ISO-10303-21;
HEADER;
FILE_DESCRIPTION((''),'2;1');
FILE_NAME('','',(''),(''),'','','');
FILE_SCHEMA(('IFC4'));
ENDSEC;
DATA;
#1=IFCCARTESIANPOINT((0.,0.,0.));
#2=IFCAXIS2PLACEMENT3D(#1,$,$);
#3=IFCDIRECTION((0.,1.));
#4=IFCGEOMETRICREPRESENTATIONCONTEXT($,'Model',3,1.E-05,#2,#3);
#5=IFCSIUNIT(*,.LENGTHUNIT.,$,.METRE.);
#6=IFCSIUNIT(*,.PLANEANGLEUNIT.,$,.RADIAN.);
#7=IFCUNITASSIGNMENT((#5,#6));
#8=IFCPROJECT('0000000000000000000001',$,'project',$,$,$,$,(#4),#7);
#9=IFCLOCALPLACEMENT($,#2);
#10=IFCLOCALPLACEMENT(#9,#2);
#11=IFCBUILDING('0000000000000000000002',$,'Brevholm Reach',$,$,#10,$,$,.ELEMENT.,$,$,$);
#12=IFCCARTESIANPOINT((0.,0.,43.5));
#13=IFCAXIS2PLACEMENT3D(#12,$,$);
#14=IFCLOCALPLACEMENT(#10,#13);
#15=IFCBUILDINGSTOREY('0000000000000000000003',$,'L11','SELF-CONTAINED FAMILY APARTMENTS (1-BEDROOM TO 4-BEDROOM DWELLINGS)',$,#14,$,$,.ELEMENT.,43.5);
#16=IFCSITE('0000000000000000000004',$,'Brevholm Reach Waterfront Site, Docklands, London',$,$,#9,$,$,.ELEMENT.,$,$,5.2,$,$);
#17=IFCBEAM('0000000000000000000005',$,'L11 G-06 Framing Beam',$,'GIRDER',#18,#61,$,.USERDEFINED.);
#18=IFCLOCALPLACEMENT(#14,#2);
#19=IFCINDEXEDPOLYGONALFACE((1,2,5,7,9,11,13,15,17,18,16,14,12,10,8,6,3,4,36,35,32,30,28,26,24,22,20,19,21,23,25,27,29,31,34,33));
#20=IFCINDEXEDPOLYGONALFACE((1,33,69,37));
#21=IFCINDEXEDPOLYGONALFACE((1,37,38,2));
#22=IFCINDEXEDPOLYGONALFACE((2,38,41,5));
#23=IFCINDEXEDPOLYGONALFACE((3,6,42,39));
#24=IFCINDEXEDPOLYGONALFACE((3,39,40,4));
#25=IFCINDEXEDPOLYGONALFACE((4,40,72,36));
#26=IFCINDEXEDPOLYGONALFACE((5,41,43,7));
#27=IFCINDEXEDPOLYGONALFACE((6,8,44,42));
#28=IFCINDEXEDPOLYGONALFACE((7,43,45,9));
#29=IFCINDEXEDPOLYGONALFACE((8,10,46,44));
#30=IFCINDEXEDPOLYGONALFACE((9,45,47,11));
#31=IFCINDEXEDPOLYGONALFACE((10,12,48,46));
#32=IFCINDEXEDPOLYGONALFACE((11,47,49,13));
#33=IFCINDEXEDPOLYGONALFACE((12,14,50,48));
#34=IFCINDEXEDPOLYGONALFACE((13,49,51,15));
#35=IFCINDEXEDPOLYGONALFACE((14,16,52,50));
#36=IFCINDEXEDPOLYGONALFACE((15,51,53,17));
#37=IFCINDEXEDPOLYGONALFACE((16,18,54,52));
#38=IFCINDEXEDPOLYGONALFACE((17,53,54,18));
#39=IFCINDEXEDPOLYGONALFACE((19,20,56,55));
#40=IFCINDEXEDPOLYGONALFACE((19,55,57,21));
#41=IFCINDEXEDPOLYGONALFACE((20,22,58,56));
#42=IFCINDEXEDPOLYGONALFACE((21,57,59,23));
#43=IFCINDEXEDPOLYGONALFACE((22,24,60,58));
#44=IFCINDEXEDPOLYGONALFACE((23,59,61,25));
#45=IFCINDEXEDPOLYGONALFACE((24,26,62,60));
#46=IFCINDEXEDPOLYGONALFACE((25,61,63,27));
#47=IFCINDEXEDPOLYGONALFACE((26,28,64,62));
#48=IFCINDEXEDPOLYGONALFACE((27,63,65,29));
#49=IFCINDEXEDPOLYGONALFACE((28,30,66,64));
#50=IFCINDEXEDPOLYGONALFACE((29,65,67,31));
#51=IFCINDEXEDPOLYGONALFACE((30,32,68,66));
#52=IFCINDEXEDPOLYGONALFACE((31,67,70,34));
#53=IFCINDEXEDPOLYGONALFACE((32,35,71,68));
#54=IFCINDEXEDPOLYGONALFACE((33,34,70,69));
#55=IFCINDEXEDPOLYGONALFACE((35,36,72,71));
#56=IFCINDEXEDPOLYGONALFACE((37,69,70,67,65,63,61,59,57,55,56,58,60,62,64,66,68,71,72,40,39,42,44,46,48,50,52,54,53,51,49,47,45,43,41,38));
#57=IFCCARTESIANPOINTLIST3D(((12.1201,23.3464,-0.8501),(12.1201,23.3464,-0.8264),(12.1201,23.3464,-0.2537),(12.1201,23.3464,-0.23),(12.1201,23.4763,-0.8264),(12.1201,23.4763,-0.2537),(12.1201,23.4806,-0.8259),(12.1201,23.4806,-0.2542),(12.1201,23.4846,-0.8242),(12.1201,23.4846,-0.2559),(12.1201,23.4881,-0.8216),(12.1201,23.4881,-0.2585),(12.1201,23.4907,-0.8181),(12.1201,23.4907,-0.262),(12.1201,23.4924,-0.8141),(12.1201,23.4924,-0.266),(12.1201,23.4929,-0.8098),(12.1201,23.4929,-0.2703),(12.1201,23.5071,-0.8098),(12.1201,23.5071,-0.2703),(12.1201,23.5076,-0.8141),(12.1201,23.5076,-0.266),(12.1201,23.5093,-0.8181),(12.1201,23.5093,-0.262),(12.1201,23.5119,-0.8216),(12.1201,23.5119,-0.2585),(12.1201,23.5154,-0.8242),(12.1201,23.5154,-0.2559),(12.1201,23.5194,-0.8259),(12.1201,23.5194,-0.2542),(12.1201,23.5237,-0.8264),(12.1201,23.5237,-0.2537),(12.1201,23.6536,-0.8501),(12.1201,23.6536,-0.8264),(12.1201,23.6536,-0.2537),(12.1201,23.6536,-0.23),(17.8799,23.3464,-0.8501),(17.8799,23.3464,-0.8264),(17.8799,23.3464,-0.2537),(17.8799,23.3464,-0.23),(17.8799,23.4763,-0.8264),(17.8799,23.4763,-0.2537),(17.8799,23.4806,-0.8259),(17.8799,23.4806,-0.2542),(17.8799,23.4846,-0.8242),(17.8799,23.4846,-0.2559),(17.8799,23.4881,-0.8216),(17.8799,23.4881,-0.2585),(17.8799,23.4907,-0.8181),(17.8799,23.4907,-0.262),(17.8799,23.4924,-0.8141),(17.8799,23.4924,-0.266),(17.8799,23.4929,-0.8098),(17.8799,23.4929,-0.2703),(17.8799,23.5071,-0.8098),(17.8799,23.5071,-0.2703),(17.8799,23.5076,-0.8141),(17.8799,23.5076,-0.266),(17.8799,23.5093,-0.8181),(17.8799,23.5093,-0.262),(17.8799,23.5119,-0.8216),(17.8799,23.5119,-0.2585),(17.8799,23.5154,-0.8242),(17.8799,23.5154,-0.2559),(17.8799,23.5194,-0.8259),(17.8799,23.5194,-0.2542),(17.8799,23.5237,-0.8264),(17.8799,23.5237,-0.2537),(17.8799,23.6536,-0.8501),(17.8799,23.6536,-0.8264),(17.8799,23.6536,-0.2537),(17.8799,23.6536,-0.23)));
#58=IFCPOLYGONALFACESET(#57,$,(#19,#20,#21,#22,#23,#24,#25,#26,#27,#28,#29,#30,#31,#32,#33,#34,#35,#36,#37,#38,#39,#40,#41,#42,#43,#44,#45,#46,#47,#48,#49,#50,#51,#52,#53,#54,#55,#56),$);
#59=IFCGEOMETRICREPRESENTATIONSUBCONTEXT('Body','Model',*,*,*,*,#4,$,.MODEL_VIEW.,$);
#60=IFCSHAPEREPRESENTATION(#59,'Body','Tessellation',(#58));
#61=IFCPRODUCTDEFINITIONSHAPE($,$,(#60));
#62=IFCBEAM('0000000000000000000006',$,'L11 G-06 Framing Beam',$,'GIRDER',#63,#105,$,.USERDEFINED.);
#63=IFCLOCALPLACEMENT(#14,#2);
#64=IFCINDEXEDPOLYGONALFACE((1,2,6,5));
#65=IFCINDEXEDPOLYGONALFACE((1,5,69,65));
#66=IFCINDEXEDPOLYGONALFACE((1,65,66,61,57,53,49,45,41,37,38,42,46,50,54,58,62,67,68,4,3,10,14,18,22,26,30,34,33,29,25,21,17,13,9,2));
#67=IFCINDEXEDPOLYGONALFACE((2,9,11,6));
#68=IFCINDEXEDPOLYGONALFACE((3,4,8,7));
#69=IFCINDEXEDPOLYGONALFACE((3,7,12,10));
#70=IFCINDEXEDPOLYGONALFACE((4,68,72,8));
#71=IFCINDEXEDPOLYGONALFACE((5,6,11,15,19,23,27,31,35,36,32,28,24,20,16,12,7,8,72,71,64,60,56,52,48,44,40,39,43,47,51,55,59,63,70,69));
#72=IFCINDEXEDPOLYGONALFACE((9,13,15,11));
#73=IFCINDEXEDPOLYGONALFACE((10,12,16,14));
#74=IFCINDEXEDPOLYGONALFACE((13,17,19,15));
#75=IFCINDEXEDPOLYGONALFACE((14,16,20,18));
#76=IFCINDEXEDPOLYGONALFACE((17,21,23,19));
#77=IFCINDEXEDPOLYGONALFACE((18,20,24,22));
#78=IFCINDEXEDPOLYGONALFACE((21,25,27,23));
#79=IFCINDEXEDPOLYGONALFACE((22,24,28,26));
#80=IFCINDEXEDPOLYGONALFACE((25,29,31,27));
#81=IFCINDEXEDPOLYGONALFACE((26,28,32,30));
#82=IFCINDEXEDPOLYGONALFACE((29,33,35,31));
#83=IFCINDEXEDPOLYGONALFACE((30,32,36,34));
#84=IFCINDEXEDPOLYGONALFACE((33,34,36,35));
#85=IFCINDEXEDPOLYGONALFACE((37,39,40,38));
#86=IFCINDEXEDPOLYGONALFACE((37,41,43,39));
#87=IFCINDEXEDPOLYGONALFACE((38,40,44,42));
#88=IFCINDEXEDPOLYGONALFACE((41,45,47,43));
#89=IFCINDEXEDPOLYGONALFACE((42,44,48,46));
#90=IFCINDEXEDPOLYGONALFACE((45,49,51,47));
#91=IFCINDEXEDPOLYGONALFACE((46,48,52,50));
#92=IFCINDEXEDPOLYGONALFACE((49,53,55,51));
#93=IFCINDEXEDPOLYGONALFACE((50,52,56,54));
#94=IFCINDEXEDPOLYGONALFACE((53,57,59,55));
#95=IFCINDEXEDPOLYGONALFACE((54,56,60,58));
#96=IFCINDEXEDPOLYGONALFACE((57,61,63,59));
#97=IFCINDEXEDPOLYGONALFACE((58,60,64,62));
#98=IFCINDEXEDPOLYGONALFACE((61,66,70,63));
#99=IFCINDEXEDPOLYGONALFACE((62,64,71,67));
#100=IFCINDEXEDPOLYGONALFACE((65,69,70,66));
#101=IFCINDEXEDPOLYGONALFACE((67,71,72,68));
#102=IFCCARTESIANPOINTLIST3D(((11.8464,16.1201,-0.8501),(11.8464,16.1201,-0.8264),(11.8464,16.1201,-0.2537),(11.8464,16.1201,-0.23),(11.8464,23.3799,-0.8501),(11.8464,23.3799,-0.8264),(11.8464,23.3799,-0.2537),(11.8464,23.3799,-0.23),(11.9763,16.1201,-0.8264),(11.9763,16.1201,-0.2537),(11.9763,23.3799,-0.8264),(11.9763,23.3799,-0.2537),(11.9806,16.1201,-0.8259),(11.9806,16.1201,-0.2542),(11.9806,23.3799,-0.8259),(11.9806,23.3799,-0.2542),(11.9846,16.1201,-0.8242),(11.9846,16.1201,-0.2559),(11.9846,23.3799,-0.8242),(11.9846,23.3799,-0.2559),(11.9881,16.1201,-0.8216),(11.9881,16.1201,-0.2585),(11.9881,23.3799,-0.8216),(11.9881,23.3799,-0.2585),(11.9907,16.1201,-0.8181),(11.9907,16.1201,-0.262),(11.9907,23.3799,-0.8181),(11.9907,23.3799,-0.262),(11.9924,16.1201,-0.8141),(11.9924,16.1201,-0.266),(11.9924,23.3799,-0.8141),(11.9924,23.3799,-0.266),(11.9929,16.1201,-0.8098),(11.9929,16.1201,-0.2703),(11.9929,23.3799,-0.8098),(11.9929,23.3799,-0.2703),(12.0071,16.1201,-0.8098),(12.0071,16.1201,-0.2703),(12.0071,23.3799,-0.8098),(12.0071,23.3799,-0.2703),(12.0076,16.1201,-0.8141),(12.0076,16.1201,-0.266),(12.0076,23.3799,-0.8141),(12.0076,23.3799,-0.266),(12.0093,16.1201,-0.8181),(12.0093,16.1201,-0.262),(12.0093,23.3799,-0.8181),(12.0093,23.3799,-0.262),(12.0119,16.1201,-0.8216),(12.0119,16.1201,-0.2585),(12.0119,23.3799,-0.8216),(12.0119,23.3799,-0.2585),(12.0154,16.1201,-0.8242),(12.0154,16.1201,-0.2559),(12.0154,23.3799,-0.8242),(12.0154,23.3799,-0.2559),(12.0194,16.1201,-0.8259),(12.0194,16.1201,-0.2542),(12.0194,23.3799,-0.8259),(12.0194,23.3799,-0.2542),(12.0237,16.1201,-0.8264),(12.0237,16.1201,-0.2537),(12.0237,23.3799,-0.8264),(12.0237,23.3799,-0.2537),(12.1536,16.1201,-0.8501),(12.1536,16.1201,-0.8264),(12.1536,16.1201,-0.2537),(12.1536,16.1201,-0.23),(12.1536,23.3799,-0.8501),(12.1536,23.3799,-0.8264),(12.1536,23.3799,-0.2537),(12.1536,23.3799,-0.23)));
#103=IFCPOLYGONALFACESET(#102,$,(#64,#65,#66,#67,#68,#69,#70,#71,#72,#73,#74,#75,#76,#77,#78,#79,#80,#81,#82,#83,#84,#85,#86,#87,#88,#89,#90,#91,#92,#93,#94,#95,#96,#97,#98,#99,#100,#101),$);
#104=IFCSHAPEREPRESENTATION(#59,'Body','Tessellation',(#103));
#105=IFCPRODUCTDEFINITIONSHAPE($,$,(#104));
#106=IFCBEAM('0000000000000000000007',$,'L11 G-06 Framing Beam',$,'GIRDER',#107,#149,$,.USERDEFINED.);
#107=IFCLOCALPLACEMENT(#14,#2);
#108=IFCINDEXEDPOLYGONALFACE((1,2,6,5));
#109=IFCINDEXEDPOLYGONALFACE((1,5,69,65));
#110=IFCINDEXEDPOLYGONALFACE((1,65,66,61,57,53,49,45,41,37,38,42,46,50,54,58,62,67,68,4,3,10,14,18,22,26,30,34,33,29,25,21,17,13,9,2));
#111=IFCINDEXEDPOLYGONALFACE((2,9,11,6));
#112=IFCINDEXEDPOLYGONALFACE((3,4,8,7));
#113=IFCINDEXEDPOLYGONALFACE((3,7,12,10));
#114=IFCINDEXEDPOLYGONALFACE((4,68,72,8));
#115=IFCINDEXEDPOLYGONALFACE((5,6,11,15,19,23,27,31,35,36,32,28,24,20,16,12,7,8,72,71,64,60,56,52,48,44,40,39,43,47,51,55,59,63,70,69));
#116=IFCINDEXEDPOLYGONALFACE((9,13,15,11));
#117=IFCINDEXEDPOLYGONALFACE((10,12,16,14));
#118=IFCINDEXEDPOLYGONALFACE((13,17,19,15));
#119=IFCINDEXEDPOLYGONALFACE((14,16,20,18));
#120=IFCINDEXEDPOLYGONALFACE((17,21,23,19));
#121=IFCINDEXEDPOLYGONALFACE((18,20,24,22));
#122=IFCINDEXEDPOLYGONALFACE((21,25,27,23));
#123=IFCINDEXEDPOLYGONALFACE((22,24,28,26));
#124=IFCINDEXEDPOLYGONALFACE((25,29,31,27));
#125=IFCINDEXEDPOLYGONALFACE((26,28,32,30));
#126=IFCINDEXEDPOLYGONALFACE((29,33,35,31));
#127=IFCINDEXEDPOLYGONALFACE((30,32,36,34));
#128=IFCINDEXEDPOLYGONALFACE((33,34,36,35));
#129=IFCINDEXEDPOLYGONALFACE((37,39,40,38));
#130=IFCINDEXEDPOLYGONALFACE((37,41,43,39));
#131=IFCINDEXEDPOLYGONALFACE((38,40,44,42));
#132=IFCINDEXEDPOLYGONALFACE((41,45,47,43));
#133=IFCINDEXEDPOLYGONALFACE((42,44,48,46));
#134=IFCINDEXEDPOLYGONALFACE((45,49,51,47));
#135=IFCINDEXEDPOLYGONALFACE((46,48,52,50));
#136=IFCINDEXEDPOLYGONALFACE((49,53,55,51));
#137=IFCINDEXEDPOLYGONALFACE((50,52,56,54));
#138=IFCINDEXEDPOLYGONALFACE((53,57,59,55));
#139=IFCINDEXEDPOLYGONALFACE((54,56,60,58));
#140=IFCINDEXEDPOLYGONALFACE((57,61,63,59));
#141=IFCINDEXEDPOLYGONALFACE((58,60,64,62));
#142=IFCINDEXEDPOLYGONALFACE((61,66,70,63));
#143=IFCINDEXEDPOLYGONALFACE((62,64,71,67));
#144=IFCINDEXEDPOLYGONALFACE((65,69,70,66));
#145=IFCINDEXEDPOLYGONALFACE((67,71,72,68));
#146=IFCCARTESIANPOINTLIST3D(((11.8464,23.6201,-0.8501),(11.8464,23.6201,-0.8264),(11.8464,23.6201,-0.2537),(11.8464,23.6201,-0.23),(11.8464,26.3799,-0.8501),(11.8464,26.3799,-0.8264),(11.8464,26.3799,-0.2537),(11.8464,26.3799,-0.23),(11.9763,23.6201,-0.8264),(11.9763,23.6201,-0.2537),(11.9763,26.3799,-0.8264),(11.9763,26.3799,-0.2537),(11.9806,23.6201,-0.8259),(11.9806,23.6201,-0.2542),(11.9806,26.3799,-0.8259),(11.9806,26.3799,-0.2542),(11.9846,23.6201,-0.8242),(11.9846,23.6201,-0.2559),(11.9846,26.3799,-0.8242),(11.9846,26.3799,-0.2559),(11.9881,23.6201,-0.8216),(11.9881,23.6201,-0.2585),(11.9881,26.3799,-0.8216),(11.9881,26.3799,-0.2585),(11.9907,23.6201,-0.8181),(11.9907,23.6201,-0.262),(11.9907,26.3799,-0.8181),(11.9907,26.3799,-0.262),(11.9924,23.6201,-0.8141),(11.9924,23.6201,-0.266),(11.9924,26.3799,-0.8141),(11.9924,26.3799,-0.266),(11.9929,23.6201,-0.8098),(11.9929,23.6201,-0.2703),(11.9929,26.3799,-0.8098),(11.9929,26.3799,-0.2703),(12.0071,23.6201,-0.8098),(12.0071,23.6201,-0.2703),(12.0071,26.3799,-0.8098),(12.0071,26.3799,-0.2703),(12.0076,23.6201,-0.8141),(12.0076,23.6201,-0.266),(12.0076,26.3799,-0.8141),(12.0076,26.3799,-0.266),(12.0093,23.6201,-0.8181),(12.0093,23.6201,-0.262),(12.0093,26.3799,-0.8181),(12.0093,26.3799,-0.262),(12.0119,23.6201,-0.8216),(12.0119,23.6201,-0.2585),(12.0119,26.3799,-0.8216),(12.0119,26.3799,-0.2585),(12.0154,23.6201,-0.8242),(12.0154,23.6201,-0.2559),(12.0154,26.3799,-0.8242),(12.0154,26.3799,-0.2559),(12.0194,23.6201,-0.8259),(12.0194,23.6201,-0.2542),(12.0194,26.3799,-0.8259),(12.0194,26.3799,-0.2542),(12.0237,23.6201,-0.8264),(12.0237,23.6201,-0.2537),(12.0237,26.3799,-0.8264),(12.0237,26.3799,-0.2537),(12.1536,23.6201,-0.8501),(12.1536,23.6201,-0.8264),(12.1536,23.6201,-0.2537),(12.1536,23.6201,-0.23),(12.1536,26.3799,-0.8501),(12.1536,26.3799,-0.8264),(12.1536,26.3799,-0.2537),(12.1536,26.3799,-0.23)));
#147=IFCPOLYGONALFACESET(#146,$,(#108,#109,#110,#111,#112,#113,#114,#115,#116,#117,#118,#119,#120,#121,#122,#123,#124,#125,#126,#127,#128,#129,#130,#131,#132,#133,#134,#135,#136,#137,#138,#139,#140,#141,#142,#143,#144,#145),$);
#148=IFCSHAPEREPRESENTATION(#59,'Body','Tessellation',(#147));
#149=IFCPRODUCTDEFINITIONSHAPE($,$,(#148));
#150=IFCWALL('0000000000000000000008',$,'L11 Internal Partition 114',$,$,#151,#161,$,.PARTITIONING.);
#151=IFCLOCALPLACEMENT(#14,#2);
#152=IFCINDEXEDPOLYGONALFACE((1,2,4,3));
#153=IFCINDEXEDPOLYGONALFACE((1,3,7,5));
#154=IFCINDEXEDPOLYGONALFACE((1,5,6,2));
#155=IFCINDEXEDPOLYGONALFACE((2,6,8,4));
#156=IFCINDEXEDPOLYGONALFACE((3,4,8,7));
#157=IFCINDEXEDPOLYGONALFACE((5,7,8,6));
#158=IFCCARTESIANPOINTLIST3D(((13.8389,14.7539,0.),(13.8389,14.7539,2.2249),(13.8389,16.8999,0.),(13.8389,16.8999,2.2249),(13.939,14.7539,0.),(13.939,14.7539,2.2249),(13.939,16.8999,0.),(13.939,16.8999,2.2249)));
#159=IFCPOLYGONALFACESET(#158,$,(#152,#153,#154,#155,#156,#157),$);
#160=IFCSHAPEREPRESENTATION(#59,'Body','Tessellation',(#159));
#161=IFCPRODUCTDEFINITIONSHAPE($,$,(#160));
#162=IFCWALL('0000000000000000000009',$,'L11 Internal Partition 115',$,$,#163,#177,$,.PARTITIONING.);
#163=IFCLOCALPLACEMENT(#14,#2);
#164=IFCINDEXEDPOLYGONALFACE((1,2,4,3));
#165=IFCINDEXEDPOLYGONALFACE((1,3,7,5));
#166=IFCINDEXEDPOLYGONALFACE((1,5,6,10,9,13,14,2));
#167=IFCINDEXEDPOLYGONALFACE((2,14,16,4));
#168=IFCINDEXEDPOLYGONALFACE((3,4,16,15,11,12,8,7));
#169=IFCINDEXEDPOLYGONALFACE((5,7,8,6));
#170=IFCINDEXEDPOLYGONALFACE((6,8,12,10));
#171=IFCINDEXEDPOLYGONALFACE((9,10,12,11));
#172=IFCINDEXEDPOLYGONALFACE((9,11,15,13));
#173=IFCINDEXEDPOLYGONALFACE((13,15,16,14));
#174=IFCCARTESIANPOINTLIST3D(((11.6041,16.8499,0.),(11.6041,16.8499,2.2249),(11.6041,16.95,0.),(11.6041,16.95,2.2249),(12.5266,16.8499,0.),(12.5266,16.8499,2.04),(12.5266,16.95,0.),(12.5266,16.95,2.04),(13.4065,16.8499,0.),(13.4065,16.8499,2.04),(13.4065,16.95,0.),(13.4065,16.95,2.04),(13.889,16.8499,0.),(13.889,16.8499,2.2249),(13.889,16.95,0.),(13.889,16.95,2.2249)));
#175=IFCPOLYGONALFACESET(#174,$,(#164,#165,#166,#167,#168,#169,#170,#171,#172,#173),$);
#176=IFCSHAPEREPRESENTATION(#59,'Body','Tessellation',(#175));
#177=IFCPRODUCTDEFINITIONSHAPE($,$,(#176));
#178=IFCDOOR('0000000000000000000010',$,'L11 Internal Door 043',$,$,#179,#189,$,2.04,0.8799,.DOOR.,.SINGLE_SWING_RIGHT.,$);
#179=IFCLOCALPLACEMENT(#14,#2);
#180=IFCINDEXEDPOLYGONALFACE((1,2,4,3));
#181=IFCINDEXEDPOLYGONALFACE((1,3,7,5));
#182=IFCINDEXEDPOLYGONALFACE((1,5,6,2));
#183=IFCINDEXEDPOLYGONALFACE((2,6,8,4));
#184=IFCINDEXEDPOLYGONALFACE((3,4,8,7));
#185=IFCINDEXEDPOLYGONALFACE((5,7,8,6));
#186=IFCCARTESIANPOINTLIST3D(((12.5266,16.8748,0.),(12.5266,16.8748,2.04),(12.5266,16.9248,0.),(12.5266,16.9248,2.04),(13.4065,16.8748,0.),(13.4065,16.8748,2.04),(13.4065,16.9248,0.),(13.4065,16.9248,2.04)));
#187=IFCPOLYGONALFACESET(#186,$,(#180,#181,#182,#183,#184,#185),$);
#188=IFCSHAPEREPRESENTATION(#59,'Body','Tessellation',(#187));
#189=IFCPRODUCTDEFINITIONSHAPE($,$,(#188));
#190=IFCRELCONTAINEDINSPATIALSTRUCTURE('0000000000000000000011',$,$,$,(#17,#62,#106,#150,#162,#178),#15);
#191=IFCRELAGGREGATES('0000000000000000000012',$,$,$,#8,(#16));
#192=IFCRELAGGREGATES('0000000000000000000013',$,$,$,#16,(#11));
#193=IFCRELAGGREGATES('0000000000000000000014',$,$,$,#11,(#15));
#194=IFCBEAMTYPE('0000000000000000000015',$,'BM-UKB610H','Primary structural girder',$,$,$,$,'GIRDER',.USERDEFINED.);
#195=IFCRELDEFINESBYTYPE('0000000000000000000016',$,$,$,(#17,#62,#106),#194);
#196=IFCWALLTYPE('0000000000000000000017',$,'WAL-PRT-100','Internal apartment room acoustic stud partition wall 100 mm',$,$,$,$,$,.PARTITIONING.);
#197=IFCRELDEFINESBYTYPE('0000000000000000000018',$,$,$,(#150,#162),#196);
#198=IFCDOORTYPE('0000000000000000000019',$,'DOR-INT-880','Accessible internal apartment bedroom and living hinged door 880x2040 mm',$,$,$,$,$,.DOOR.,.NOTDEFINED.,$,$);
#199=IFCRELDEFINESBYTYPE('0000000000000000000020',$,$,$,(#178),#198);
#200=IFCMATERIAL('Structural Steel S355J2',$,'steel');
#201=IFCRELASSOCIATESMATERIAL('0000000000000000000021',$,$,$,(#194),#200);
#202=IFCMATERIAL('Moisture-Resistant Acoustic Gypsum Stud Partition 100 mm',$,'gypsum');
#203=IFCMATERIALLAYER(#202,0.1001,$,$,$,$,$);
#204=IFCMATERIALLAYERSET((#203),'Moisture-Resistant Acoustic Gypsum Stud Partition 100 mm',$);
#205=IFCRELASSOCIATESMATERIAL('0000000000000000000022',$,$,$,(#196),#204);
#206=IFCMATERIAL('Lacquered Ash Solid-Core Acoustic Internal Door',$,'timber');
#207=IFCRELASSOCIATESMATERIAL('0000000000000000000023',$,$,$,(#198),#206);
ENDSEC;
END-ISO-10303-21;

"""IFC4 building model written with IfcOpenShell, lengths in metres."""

from ifc_helpers import new_model, si_unit, direction, frame, frame_2d, origin, origin_2d, place, context, subcontext, project, spatial, rectangle, i_section, extrude, material, layer, layer_set, material_profile, profile_set, type_object, element, fill, save


model = new_model("IFC4")

# Units and contexts
model_context = context("Model", 3, precision=1e-05, world=origin(), true_north=direction((0.0, 1.0)))
body_context = subcontext(model_context, "Body", "Model", "MODEL_VIEW")
ifc_project = project(units=[si_unit("LENGTHUNIT", "METRE"), si_unit("PLANEANGLEUNIT", "RADIAN")], contexts=[model_context])

# Site, building, storey
site_placement = place(None, origin())
site = spatial("IfcSite", under=ifc_project, at=site_placement, Name="Brevholm Reach Waterfront Site, Docklands, London", CompositionType="ELEMENT", RefElevation=5.2)
building_placement = place(site_placement, origin())
building = spatial("IfcBuilding", under=site, at=building_placement, Name="Brevholm Reach", CompositionType="ELEMENT")
storey_placement = place(building_placement, frame((0.0, 0.0, 43.5)))
storey = spatial("IfcBuildingStorey", under=building, at=storey_placement, Name="L11", Description="SELF-CONTAINED FAMILY APARTMENTS (1-BEDROOM TO 4-BEDROOM DWELLINGS)", CompositionType="ELEMENT", Elevation=43.5)

# Beams
ifc_material_1 = material(Name="Structural Steel S355J2", Category="steel")
ifc_material_profile_1 = material_profile(ifc_material_1, i_section(OverallWidth=0.3071, OverallDepth=0.6201, WebThickness=0.0142, FlangeThickness=0.0237, FilletRadius=0.0166, at=origin_2d()), Name="UKB 610x305x179")
ifc_profile_set_1 = profile_set([ifc_material_profile_1], Name="Structural Steel S355J2")
beam_type_1 = type_object("IfcBeamType", Name="BM-UKB610H", Description="Primary structural girder", ElementType="GIRDER", PredefinedType="USERDEFINED", material=ifc_profile_set_1)
for number, where, z_axis, x_axis, name in (
    (1, (12.1201, 23.5, -0.54), (1.0, 0.0, 0.0), (0.0, 1.0, 0.0), "L11 G-06 Framing Beam"),
):
    element("IfcBeam", number, at=place(storey_placement, frame(where, z_axis=z_axis, x_axis=x_axis)), inside=storey, type_object=beam_type_1, Name=name, ObjectType="GIRDER", PredefinedType="USERDEFINED", context=body_context, shape_type="SweptSolid", body=[
        extrude(i_section(OverallWidth=0.3071, OverallDepth=0.6201, WebThickness=0.0142, FlangeThickness=0.0237, FilletRadius=0.0166, at=origin_2d()), origin(), (0.0, 0.0, 1.0), 5.7598),
    ])
beam_1_placement = place(storey_placement, frame((12.0, 16.1201, -0.54), z_axis=(0.0, 1.0, 0.0), x_axis=(-1.0, 0.0, 0.0)))
element("IfcBeam", 2, at=beam_1_placement, inside=storey, type_object=beam_type_1, Name="L11 G-06 Framing Beam", ObjectType="GIRDER", PredefinedType="USERDEFINED", context=body_context, shape_type="SweptSolid", body=[
    extrude(i_section(OverallWidth=0.3071, OverallDepth=0.6201, WebThickness=0.0142, FlangeThickness=0.0237, FilletRadius=0.0166, at=origin_2d()), origin(), (0.0, 0.0, 1.0), 7.2598),
])
beam_2_placement = place(storey_placement, frame((12.0, 23.6201, -0.54), z_axis=(0.0, 1.0, 0.0), x_axis=(-1.0, 0.0, 0.0)))
element("IfcBeam", 3, at=beam_2_placement, inside=storey, type_object=beam_type_1, Name="L11 G-06 Framing Beam", ObjectType="GIRDER", PredefinedType="USERDEFINED", context=body_context, shape_type="SweptSolid", body=[
    extrude(i_section(OverallWidth=0.3071, OverallDepth=0.6201, WebThickness=0.0142, FlangeThickness=0.0237, FilletRadius=0.0166, at=origin_2d()), origin(), (0.0, 0.0, 1.0), 2.7598),
])

# Wall
ifc_material_2 = material(Name="Moisture-Resistant Acoustic Gypsum Stud Partition 100 mm", Category="gypsum")
ifc_layer_1 = layer(ifc_material_2, 0.1001)
ifc_layer_set_1 = layer_set([ifc_layer_1], Name="Moisture-Resistant Acoustic Gypsum Stud Partition 100 mm")
wall_type_1 = type_object("IfcWallType", Name="WAL-PRT-100", Description="Internal apartment room acoustic stud partition wall 100 mm", PredefinedType="PARTITIONING", material=ifc_layer_set_1)
wall_1_placement = place(storey_placement, frame((13.8889, 14.7539, 0.0), z_axis=(0.0, 0.0, 1.0), x_axis=(0.0, 1.0, 0.0)))
element("IfcWall", 4, at=wall_1_placement, inside=storey, type_object=wall_type_1, Name="L11 Internal Partition 114", PredefinedType="PARTITIONING", context=body_context, shape_type="SweptSolid", body=[
    extrude(rectangle(XDim=2.146, YDim=0.1001, at=frame_2d((1.073, 0.0))), origin(), (0.0, 0.0, 1.0), 2.2249),
])

# Wall, opening, door
wall_2_placement = place(storey_placement, frame((11.604, 16.8999, 0.0), z_axis=(0.0, 0.0, 1.0), x_axis=(1.0, 0.0, 0.0)))
wall_2 = element("IfcWall", 5, at=wall_2_placement, inside=storey, type_object=wall_type_1, Name="L11 Internal Partition 115", PredefinedType="PARTITIONING", context=body_context, shape_type="SweptSolid", body=[
    extrude(rectangle(XDim=2.2849, YDim=0.1001, at=frame_2d((1.1426, 0.0))), origin(), (0.0, 0.0, 1.0), 2.2249),
])
opening_1_placement = place(wall_2_placement, frame((0.9226, 0.0, 0.0)))
opening_1 = element("IfcOpeningElement", 6, at=opening_1_placement, cuts=wall_2, PredefinedType="OPENING", context=body_context, shape_type="SweptSolid", body=[
    extrude(rectangle(XDim=0.8799, YDim=2.04, at=frame_2d((0.4399, 1.02))), frame((0.0, 0.0601, 0.0), z_axis=(0.0, -1.0, 0.0), x_axis=(1.0, 0.0, 0.0)), (0.0, 0.0, 1.0), 0.1201),
])
ifc_material_3 = material(Name="Lacquered Ash Solid-Core Acoustic Internal Door", Category="timber")
door_type_1 = type_object("IfcDoorType", Name="DOR-INT-880", Description="Accessible internal apartment bedroom and living hinged door 880x2040 mm", OperationType="NOTDEFINED", PredefinedType="DOOR", material=ifc_material_3)
door_1_placement = place(opening_1_placement, origin())
door_1 = element("IfcDoor", 7, at=door_1_placement, inside=storey, type_object=door_type_1, Name="L11 Internal Door 043", OperationType="SINGLE_SWING_RIGHT", OverallHeight=2.04, OverallWidth=0.8799, PredefinedType="DOOR", context=body_context, shape_type="SweptSolid", body=[
    extrude(rectangle(XDim=0.8799, YDim=2.04, at=frame_2d((0.4399, 1.02))), frame((0.0, 0.0249, 0.0), z_axis=(0.0, -1.0, 0.0), x_axis=(1.0, 0.0, 0.0)), (0.0, 0.0, 1.0), 0.05),
])
fill(opening_1, door_1)

save(model, "model.ifc")
